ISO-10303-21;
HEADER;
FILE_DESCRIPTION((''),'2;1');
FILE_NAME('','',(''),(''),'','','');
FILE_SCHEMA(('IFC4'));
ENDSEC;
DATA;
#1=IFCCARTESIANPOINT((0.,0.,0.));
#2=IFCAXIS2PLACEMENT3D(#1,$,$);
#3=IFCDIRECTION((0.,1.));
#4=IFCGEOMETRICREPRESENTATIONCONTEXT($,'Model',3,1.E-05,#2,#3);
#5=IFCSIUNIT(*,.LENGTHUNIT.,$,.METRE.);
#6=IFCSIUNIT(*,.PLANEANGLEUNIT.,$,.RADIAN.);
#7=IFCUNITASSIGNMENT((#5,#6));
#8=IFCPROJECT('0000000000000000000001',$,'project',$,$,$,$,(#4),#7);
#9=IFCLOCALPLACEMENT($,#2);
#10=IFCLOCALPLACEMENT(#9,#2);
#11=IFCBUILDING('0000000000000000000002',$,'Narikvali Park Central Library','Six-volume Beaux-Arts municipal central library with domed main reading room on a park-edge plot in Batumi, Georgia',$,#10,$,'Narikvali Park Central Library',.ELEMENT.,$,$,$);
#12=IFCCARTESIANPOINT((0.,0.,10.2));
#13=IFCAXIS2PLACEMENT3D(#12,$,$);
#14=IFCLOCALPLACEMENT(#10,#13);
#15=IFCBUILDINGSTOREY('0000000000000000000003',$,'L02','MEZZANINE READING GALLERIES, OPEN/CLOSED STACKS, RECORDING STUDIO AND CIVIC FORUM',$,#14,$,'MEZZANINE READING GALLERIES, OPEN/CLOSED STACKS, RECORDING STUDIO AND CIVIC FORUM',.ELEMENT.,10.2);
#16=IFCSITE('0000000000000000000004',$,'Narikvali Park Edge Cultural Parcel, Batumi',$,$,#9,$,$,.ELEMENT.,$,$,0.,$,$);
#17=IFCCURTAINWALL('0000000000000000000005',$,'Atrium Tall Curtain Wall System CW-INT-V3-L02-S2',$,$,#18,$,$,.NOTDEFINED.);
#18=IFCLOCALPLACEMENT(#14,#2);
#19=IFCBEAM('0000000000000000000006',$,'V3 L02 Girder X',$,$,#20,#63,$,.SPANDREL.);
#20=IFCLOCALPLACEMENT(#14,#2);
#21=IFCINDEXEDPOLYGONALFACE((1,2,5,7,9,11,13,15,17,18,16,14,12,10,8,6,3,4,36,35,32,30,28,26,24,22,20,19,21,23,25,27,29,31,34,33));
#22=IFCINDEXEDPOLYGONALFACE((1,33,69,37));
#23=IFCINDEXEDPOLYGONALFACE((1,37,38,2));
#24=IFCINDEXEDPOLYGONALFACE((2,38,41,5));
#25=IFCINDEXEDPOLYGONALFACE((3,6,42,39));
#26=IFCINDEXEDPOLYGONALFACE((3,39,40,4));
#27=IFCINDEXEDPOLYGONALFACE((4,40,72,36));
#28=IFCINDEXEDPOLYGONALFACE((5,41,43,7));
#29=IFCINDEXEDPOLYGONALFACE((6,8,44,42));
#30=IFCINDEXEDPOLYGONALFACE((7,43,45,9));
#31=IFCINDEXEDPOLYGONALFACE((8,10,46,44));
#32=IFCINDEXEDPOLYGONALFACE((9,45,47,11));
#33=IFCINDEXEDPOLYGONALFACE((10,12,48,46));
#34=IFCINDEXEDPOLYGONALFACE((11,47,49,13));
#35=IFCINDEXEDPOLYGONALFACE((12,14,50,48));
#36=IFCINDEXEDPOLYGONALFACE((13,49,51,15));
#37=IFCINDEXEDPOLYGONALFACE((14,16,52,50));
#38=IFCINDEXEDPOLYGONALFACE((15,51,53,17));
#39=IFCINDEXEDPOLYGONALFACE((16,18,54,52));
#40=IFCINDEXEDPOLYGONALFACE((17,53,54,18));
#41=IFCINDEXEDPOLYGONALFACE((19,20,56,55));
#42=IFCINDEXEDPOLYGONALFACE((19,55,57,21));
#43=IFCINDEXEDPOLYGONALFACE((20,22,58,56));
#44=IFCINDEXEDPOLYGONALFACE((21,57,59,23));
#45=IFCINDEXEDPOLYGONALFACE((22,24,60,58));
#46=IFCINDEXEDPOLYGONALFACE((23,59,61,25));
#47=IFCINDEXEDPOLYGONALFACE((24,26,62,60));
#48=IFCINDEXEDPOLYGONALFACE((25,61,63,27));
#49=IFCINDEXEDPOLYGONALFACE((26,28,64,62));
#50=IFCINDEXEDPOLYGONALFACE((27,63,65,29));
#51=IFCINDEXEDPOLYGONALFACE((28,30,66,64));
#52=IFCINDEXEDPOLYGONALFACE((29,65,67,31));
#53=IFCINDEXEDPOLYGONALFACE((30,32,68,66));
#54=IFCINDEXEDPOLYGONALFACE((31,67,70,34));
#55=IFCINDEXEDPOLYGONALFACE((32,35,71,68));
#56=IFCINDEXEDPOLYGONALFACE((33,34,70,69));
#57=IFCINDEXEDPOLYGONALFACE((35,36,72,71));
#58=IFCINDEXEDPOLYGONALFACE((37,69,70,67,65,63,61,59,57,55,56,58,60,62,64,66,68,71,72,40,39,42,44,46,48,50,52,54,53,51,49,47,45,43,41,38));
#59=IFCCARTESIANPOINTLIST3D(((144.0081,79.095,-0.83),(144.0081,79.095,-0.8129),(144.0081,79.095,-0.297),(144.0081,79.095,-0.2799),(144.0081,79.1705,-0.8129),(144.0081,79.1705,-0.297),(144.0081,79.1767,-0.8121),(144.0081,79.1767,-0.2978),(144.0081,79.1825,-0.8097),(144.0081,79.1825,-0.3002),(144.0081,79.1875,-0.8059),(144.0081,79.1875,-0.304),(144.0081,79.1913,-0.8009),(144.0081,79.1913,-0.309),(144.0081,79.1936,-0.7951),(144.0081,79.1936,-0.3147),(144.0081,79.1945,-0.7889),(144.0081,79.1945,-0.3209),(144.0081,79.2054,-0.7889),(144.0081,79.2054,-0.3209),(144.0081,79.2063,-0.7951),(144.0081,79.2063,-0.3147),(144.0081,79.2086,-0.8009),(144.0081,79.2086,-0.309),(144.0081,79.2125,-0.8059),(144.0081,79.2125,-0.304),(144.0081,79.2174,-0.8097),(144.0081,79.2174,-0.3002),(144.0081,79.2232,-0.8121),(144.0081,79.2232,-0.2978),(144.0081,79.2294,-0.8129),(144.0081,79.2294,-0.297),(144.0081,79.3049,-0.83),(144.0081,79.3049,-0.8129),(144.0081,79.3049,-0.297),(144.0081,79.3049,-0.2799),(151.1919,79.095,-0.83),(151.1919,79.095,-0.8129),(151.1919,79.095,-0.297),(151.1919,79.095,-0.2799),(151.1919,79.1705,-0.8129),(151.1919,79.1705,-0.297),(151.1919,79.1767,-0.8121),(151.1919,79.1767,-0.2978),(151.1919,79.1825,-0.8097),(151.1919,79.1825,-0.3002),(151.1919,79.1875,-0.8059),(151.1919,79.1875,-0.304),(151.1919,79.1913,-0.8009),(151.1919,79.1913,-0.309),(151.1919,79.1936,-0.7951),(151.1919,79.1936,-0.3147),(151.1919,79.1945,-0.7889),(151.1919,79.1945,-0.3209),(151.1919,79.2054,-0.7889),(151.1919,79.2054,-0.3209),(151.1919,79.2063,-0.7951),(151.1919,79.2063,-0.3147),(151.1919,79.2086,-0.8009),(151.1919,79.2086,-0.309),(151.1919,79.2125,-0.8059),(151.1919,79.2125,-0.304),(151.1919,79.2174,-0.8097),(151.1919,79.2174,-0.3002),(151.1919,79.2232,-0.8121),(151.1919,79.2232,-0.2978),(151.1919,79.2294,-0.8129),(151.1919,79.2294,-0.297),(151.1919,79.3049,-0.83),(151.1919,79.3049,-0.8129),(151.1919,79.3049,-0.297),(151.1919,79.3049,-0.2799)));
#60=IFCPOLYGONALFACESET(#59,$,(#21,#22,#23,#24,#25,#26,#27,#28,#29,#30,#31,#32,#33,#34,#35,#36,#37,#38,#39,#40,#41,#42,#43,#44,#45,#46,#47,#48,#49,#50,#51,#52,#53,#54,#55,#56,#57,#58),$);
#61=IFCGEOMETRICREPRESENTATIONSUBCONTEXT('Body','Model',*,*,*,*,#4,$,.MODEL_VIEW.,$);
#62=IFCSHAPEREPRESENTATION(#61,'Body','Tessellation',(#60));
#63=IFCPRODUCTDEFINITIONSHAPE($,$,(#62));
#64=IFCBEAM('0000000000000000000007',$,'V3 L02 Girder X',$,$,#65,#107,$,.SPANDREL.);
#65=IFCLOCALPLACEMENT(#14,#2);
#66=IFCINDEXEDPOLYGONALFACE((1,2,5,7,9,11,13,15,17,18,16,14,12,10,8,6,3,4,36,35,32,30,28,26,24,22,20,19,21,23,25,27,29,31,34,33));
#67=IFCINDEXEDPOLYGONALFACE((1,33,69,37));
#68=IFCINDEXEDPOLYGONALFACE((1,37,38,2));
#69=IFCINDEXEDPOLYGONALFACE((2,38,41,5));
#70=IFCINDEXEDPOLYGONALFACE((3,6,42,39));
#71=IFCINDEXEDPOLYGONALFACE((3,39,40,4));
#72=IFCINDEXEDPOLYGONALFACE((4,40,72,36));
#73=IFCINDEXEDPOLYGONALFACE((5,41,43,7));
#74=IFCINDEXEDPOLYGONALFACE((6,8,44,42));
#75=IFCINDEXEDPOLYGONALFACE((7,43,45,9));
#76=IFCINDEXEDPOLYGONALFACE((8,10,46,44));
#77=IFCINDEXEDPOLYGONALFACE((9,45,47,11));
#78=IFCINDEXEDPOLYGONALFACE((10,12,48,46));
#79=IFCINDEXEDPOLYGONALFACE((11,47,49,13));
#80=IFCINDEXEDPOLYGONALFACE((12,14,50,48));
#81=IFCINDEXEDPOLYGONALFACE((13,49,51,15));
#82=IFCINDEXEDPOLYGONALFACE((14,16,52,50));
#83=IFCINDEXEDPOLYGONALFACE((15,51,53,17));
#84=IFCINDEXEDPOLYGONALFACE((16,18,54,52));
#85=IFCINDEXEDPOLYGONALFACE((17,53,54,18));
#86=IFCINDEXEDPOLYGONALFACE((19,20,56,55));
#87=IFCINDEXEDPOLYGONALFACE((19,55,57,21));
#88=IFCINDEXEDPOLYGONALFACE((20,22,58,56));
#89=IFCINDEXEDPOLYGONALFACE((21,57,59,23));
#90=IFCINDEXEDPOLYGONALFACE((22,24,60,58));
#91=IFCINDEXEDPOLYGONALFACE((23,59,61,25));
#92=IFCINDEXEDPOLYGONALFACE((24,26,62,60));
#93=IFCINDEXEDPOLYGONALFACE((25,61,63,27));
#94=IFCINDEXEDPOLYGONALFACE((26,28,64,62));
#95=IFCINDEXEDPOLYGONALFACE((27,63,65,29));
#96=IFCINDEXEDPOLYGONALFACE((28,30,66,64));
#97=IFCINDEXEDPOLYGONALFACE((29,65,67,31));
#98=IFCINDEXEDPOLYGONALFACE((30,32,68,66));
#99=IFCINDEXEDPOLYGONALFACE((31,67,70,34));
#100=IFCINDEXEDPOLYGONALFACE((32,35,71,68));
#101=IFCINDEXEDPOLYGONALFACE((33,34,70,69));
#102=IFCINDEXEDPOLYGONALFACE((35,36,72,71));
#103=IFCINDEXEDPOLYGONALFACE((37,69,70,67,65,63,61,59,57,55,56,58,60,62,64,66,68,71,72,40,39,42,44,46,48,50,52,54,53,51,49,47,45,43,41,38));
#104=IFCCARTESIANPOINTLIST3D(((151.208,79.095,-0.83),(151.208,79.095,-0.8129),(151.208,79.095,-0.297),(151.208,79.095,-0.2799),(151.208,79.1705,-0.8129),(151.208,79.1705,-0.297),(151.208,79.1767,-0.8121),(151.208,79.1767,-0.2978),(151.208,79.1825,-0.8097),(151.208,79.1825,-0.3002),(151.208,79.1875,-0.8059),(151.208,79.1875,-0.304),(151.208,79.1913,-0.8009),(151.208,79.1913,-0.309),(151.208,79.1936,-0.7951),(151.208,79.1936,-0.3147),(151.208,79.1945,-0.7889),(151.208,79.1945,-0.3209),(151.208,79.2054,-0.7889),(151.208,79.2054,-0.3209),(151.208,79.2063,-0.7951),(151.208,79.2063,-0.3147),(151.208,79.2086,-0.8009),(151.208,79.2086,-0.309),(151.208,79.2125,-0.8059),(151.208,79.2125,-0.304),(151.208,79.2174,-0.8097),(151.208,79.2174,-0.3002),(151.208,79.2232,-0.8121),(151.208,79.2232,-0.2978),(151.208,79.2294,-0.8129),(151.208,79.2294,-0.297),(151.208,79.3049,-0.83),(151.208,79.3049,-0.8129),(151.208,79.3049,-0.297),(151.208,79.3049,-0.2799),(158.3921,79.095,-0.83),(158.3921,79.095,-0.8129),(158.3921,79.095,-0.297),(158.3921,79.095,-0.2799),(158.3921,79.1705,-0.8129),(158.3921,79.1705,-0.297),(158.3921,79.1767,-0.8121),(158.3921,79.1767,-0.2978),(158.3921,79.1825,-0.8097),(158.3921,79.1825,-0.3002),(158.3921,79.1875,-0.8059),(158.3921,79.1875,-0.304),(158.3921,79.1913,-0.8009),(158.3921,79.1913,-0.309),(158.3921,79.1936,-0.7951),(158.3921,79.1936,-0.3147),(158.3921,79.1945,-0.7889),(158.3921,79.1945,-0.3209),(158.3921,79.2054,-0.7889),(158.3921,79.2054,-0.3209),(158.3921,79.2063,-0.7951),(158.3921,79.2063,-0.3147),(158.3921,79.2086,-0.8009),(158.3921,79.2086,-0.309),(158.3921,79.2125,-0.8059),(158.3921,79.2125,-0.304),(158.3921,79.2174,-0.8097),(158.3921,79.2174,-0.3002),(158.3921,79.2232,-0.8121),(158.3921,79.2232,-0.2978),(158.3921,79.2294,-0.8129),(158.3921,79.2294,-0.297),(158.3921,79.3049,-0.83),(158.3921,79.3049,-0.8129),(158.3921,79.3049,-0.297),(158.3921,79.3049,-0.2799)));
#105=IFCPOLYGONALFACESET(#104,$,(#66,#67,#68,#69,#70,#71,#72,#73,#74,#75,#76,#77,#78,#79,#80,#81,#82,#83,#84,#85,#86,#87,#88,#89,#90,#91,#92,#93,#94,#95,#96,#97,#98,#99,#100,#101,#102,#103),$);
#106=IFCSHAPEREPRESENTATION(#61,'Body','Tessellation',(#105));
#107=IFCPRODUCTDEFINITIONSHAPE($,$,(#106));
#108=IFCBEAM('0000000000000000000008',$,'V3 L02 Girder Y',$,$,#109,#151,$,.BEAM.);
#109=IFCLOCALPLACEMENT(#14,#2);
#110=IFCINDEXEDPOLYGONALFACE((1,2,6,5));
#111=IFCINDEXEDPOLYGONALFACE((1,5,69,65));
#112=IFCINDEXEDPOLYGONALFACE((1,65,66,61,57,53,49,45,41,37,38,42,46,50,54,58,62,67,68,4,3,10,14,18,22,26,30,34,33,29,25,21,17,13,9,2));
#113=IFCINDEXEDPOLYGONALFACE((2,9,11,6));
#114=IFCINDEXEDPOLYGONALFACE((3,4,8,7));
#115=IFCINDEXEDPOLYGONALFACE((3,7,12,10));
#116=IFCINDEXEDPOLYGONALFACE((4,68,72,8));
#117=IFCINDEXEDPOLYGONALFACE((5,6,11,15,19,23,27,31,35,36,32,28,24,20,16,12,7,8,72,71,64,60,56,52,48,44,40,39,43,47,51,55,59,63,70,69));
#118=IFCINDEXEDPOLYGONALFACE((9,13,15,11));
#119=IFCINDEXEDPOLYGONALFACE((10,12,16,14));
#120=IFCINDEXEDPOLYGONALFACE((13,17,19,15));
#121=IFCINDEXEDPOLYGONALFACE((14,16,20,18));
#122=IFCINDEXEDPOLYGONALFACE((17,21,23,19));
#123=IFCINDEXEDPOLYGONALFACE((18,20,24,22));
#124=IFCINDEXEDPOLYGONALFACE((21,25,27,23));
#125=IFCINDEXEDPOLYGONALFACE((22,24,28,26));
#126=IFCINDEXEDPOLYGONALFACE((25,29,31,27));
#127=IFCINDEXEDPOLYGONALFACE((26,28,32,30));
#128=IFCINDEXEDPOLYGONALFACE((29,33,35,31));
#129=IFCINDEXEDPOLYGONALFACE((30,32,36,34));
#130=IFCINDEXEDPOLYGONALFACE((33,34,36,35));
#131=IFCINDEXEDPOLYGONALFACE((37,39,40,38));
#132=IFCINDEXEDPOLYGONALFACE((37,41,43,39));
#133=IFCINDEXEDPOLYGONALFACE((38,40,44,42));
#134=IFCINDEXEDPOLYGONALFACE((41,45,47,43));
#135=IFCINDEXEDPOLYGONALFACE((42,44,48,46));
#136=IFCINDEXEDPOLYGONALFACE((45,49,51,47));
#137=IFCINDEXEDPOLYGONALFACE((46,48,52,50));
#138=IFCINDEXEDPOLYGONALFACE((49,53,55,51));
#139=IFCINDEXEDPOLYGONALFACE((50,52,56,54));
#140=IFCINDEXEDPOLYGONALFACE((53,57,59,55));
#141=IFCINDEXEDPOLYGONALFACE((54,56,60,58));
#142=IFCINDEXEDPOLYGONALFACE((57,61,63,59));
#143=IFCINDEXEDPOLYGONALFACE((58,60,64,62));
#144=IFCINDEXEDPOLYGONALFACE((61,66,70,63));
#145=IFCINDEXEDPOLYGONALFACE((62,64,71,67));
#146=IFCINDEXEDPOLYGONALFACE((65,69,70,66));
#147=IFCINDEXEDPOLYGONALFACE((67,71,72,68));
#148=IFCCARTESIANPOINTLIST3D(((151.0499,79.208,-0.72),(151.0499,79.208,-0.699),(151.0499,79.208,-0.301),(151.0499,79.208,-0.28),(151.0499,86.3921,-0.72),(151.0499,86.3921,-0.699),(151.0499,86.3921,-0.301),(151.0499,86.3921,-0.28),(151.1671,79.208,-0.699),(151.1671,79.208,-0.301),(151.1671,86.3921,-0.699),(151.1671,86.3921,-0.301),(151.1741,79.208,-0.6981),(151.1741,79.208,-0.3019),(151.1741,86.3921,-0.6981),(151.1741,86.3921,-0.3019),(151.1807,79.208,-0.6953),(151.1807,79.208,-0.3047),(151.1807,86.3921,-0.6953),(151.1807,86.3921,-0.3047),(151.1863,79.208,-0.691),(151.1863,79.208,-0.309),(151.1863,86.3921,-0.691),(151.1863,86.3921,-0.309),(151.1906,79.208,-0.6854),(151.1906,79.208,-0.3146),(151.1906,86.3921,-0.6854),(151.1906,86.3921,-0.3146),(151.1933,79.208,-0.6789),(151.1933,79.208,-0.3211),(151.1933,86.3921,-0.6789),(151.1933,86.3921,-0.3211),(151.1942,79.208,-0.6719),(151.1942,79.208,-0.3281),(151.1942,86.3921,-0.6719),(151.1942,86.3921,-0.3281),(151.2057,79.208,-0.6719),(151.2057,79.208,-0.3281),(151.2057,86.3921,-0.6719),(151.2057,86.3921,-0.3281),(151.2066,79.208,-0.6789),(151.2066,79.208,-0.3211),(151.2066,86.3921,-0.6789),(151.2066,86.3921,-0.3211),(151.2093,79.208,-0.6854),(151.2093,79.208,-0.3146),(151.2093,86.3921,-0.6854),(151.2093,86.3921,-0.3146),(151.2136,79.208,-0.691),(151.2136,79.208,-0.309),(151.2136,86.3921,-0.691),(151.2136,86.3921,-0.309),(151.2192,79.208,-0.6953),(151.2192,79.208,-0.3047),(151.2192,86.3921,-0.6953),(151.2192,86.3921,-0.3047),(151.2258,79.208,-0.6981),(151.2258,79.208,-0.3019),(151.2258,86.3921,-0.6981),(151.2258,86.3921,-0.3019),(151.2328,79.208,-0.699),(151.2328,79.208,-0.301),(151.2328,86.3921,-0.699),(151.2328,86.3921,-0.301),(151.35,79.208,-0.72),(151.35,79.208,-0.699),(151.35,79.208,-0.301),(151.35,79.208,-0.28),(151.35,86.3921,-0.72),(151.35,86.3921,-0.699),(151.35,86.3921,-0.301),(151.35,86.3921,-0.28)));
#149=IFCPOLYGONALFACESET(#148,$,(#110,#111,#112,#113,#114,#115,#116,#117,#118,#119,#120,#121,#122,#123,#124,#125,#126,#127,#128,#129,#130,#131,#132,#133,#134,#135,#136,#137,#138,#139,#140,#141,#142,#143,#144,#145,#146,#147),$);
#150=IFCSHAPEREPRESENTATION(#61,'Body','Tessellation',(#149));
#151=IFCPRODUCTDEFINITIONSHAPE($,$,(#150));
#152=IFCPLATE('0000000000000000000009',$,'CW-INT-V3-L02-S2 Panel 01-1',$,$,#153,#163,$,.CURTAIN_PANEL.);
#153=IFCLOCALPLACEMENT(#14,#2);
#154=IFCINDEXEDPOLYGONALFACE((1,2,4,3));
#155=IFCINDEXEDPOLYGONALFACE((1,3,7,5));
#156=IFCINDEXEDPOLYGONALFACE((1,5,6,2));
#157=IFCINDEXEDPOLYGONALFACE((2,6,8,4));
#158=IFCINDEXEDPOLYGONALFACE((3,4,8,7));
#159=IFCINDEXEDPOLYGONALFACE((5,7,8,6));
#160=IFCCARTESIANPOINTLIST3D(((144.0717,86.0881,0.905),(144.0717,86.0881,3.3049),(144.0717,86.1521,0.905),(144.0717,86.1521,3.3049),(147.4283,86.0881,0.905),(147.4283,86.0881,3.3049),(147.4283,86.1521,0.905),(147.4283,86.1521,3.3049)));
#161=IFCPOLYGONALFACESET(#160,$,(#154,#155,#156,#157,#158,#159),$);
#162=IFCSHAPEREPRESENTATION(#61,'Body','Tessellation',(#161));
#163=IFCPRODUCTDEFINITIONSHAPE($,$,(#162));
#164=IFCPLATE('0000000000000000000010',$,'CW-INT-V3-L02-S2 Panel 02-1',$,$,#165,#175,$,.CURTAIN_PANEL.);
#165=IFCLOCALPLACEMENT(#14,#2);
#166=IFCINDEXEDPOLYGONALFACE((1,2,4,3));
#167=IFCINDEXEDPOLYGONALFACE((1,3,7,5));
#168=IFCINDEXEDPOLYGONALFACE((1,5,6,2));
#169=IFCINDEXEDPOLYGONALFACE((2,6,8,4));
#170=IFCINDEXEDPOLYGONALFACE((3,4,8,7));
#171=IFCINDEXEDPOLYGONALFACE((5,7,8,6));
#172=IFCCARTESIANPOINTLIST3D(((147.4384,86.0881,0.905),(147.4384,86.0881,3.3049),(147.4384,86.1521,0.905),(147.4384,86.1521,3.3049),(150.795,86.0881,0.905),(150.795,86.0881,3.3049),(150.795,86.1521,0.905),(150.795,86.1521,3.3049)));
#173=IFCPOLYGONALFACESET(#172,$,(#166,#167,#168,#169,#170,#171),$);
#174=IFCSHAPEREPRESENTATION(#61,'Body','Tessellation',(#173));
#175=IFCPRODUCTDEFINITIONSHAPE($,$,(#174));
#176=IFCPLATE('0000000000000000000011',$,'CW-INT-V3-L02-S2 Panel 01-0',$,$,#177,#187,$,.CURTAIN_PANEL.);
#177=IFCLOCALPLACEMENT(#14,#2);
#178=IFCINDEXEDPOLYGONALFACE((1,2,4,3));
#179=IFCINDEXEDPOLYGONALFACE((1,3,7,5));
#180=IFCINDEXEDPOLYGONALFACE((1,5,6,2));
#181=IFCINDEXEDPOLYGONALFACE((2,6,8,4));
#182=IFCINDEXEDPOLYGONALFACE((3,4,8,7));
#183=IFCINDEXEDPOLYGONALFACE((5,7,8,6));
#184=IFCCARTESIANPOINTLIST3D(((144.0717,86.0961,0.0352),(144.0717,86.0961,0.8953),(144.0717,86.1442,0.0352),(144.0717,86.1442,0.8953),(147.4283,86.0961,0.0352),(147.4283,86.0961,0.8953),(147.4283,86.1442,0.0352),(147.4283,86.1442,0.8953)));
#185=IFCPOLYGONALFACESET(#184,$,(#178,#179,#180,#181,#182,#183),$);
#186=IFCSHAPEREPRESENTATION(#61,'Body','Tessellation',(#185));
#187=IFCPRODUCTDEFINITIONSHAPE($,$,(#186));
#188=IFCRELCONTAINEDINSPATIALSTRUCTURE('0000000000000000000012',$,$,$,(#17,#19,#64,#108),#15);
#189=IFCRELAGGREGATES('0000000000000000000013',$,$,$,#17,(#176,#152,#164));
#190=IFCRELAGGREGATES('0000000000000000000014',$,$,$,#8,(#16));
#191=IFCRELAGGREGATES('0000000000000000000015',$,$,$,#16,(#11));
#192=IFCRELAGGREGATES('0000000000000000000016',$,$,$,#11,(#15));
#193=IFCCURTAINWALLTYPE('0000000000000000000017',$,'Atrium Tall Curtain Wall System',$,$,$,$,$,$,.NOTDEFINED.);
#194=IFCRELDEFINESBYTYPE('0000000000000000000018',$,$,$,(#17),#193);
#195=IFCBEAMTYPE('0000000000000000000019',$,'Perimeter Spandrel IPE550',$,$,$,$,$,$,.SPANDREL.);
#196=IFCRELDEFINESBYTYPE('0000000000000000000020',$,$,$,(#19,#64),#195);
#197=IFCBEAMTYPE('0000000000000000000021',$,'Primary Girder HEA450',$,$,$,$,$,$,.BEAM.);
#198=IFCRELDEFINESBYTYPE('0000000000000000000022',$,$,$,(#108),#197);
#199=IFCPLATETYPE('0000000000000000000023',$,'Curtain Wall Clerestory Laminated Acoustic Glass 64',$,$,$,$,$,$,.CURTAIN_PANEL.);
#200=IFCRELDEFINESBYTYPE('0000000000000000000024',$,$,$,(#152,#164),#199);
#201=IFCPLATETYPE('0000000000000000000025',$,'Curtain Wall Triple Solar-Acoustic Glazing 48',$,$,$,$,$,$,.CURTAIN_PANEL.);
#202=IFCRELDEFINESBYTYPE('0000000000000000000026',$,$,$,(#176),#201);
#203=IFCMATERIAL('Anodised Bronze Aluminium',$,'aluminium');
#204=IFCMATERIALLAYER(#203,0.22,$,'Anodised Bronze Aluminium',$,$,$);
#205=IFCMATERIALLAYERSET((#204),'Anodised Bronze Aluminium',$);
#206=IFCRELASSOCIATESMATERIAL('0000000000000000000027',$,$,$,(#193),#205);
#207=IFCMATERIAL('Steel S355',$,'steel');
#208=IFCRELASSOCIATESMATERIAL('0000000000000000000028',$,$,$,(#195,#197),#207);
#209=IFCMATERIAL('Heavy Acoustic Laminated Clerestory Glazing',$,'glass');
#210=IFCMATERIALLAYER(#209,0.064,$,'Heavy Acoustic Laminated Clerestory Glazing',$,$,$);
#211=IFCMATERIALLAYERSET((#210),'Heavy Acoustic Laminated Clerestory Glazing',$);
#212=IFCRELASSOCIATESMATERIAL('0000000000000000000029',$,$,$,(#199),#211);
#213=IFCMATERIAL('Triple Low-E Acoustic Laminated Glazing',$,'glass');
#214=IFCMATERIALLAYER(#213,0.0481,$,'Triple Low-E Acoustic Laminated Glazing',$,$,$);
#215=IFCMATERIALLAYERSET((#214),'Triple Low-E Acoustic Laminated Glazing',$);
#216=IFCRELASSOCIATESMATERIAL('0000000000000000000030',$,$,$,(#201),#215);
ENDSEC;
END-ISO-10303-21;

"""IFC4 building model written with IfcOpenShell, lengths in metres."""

from ifc_helpers import new_model, si_unit, direction, frame, origin, origin_2d, place, context, subcontext, project, spatial, rectangle, i_section, extrude, material, layer, layer_set, material_profile, profile_set, type_object, element, aggregate, save


model = new_model("IFC4")

# Units and contexts
model_context = context("Model", 3, precision=1e-05, world=origin(), true_north=direction((0.0, 1.0)))
body_context = subcontext(model_context, "Body", "Model", "MODEL_VIEW")
ifc_project = project(units=[si_unit("LENGTHUNIT", "METRE"), si_unit("PLANEANGLEUNIT", "RADIAN")], contexts=[model_context])

# Site, building, storey
site_placement = place(None, origin())
site = spatial("IfcSite", under=ifc_project, at=site_placement, Name="Narikvali Park Edge Cultural Parcel, Batumi", CompositionType="ELEMENT", RefElevation=0.0)
building_placement = place(site_placement, origin())
building = spatial("IfcBuilding", under=site, at=building_placement, Name="Narikvali Park Central Library", Description="Six-volume Beaux-Arts municipal central library with domed main reading room on a park-edge plot in Batumi, Georgia", LongName="Narikvali Park Central Library", CompositionType="ELEMENT")
storey_placement = place(building_placement, frame((0.0, 0.0, 10.2)))
storey = spatial("IfcBuildingStorey", under=building, at=storey_placement, Name="L02", Description="MEZZANINE READING GALLERIES, OPEN/CLOSED STACKS, RECORDING STUDIO AND CIVIC FORUM", LongName="MEZZANINE READING GALLERIES, OPEN/CLOSED STACKS, RECORDING STUDIO AND CIVIC FORUM", CompositionType="ELEMENT", Elevation=10.2)

# Shared definitions
ifc_material_1 = material(Name="Steel S355", Category="steel")

# Curtain wall
ifc_material_2 = material(Name="Anodised Bronze Aluminium", Category="aluminium")
ifc_layer_1 = layer(ifc_material_2, 0.22, Name="Anodised Bronze Aluminium")
ifc_layer_set_1 = layer_set([ifc_layer_1], Name="Anodised Bronze Aluminium")
curtain_wall_type = type_object("IfcCurtainWallType", Name="Atrium Tall Curtain Wall System", PredefinedType="NOTDEFINED", material=ifc_layer_set_1)
curtain_wall_placement = place(storey_placement, origin())
curtain_wall = element("IfcCurtainWall", 1, at=curtain_wall_placement, inside=storey, type_object=curtain_wall_type, Name="Atrium Tall Curtain Wall System CW-INT-V3-L02-S2", PredefinedType="NOTDEFINED")

# Beams
ifc_material_profile_1 = material_profile(ifc_material_1, i_section(OverallWidth=0.21, OverallDepth=0.55, WebThickness=0.011, FlangeThickness=0.0171, FilletRadius=0.0239, at=origin_2d()), Name="IPE 550")
ifc_profile_set_1 = profile_set([ifc_material_profile_1], Name="Steel S355")
beam_type_1 = type_object("IfcBeamType", Name="Perimeter Spandrel IPE550", PredefinedType="SPANDREL", material=ifc_profile_set_1)
beam_1_placement = place(storey_placement, frame((144.0081, 79.2, -0.5549), z_axis=(1.0, 0.0, 0.0), x_axis=(0.0, 1.0, 0.0)))
element("IfcBeam", 2, at=beam_1_placement, inside=storey, type_object=beam_type_1, Name="V3 L02 Girder X", PredefinedType="SPANDREL", context=body_context, shape_type="SweptSolid", body=[
    extrude(i_section(OverallWidth=0.21, OverallDepth=0.55, WebThickness=0.011, FlangeThickness=0.0171, FilletRadius=0.0239, at=origin_2d()), origin(), (0.0, 0.0, 1.0), 7.1838),
])
beam_2_placement = place(storey_placement, frame((151.208, 79.2, -0.5549), z_axis=(1.0, 0.0, 0.0), x_axis=(0.0, 1.0, 0.0)))
element("IfcBeam", 3, at=beam_2_placement, inside=storey, type_object=beam_type_1, Name="V3 L02 Girder X", PredefinedType="SPANDREL", context=body_context, shape_type="SweptSolid", body=[
    extrude(i_section(OverallWidth=0.21, OverallDepth=0.55, WebThickness=0.011, FlangeThickness=0.0171, FilletRadius=0.0239, at=origin_2d()), origin(), (0.0, 0.0, 1.0), 7.1841),
])
ifc_material_profile_2 = material_profile(ifc_material_1, i_section(OverallWidth=0.3, OverallDepth=0.4399, WebThickness=0.0115, FlangeThickness=0.021, FilletRadius=0.0271, at=origin_2d()), Name="HEA 450")
ifc_profile_set_2 = profile_set([ifc_material_profile_2], Name="Steel S355")
beam_type_2 = type_object("IfcBeamType", Name="Primary Girder HEA450", PredefinedType="BEAM", material=ifc_profile_set_2)
beam_3_placement = place(storey_placement, frame((151.2, 79.208, -0.5), z_axis=(0.0, 1.0, 0.0), x_axis=(-1.0, 0.0, 0.0)))
element("IfcBeam", 4, at=beam_3_placement, inside=storey, type_object=beam_type_2, Name="V3 L02 Girder Y", PredefinedType="BEAM", context=body_context, shape_type="SweptSolid", body=[
    extrude(i_section(OverallWidth=0.3, OverallDepth=0.4399, WebThickness=0.0115, FlangeThickness=0.021, FilletRadius=0.0271, at=origin_2d()), origin(), (0.0, 0.0, 1.0), 7.1841),
])

# Plates
ifc_material_3 = material(Name="Heavy Acoustic Laminated Clerestory Glazing", Category="glass")
ifc_layer_2 = layer(ifc_material_3, 0.064, Name="Heavy Acoustic Laminated Clerestory Glazing")
ifc_layer_set_2 = layer_set([ifc_layer_2], Name="Heavy Acoustic Laminated Clerestory Glazing")
plate_type_1 = type_object("IfcPlateType", Name="Curtain Wall Clerestory Laminated Acoustic Glass 64", PredefinedType="CURTAIN_PANEL", material=ifc_layer_set_2)
plate_1_placement = place(storey_placement, frame((145.75, 86.1201, 0.905), z_axis=(0.0, 0.0, 1.0), x_axis=(1.0, 0.0, 0.0)))
plate_1 = element("IfcPlate", 5, at=plate_1_placement, type_object=plate_type_1, Name="CW-INT-V3-L02-S2 Panel 01-1", PredefinedType="CURTAIN_PANEL", context=body_context, shape_type="SweptSolid", body=[
    extrude(rectangle(XDim=3.3567, YDim=0.064, at=origin_2d()), origin(), (0.0, 0.0, 1.0), 2.3999),
])
plate_2_placement = place(storey_placement, frame((149.1167, 86.1201, 0.905), z_axis=(0.0, 0.0, 1.0), x_axis=(1.0, 0.0, 0.0)))
plate_2 = element("IfcPlate", 6, at=plate_2_placement, type_object=plate_type_1, Name="CW-INT-V3-L02-S2 Panel 02-1", PredefinedType="CURTAIN_PANEL", context=body_context, shape_type="SweptSolid", body=[
    extrude(rectangle(XDim=3.3567, YDim=0.064, at=origin_2d()), origin(), (0.0, 0.0, 1.0), 2.3999),
])
ifc_material_4 = material(Name="Triple Low-E Acoustic Laminated Glazing", Category="glass")
ifc_layer_3 = layer(ifc_material_4, 0.0481, Name="Triple Low-E Acoustic Laminated Glazing")
ifc_layer_set_3 = layer_set([ifc_layer_3], Name="Triple Low-E Acoustic Laminated Glazing")
plate_type_2 = type_object("IfcPlateType", Name="Curtain Wall Triple Solar-Acoustic Glazing 48", PredefinedType="CURTAIN_PANEL", material=ifc_layer_set_3)
plate_3_placement = place(storey_placement, frame((145.75, 86.1201, 0.0352), z_axis=(0.0, 0.0, 1.0), x_axis=(1.0, 0.0, 0.0)))
plate_3 = element("IfcPlate", 7, at=plate_3_placement, type_object=plate_type_2, Name="CW-INT-V3-L02-S2 Panel 01-0", PredefinedType="CURTAIN_PANEL", context=body_context, shape_type="SweptSolid", body=[
    extrude(rectangle(XDim=3.3567, YDim=0.0481, at=origin_2d()), origin(), (0.0, 0.0, 1.0), 0.8601),
])
aggregate(curtain_wall, [plate_3, plate_1, plate_2])

save(model, "model.ifc")
